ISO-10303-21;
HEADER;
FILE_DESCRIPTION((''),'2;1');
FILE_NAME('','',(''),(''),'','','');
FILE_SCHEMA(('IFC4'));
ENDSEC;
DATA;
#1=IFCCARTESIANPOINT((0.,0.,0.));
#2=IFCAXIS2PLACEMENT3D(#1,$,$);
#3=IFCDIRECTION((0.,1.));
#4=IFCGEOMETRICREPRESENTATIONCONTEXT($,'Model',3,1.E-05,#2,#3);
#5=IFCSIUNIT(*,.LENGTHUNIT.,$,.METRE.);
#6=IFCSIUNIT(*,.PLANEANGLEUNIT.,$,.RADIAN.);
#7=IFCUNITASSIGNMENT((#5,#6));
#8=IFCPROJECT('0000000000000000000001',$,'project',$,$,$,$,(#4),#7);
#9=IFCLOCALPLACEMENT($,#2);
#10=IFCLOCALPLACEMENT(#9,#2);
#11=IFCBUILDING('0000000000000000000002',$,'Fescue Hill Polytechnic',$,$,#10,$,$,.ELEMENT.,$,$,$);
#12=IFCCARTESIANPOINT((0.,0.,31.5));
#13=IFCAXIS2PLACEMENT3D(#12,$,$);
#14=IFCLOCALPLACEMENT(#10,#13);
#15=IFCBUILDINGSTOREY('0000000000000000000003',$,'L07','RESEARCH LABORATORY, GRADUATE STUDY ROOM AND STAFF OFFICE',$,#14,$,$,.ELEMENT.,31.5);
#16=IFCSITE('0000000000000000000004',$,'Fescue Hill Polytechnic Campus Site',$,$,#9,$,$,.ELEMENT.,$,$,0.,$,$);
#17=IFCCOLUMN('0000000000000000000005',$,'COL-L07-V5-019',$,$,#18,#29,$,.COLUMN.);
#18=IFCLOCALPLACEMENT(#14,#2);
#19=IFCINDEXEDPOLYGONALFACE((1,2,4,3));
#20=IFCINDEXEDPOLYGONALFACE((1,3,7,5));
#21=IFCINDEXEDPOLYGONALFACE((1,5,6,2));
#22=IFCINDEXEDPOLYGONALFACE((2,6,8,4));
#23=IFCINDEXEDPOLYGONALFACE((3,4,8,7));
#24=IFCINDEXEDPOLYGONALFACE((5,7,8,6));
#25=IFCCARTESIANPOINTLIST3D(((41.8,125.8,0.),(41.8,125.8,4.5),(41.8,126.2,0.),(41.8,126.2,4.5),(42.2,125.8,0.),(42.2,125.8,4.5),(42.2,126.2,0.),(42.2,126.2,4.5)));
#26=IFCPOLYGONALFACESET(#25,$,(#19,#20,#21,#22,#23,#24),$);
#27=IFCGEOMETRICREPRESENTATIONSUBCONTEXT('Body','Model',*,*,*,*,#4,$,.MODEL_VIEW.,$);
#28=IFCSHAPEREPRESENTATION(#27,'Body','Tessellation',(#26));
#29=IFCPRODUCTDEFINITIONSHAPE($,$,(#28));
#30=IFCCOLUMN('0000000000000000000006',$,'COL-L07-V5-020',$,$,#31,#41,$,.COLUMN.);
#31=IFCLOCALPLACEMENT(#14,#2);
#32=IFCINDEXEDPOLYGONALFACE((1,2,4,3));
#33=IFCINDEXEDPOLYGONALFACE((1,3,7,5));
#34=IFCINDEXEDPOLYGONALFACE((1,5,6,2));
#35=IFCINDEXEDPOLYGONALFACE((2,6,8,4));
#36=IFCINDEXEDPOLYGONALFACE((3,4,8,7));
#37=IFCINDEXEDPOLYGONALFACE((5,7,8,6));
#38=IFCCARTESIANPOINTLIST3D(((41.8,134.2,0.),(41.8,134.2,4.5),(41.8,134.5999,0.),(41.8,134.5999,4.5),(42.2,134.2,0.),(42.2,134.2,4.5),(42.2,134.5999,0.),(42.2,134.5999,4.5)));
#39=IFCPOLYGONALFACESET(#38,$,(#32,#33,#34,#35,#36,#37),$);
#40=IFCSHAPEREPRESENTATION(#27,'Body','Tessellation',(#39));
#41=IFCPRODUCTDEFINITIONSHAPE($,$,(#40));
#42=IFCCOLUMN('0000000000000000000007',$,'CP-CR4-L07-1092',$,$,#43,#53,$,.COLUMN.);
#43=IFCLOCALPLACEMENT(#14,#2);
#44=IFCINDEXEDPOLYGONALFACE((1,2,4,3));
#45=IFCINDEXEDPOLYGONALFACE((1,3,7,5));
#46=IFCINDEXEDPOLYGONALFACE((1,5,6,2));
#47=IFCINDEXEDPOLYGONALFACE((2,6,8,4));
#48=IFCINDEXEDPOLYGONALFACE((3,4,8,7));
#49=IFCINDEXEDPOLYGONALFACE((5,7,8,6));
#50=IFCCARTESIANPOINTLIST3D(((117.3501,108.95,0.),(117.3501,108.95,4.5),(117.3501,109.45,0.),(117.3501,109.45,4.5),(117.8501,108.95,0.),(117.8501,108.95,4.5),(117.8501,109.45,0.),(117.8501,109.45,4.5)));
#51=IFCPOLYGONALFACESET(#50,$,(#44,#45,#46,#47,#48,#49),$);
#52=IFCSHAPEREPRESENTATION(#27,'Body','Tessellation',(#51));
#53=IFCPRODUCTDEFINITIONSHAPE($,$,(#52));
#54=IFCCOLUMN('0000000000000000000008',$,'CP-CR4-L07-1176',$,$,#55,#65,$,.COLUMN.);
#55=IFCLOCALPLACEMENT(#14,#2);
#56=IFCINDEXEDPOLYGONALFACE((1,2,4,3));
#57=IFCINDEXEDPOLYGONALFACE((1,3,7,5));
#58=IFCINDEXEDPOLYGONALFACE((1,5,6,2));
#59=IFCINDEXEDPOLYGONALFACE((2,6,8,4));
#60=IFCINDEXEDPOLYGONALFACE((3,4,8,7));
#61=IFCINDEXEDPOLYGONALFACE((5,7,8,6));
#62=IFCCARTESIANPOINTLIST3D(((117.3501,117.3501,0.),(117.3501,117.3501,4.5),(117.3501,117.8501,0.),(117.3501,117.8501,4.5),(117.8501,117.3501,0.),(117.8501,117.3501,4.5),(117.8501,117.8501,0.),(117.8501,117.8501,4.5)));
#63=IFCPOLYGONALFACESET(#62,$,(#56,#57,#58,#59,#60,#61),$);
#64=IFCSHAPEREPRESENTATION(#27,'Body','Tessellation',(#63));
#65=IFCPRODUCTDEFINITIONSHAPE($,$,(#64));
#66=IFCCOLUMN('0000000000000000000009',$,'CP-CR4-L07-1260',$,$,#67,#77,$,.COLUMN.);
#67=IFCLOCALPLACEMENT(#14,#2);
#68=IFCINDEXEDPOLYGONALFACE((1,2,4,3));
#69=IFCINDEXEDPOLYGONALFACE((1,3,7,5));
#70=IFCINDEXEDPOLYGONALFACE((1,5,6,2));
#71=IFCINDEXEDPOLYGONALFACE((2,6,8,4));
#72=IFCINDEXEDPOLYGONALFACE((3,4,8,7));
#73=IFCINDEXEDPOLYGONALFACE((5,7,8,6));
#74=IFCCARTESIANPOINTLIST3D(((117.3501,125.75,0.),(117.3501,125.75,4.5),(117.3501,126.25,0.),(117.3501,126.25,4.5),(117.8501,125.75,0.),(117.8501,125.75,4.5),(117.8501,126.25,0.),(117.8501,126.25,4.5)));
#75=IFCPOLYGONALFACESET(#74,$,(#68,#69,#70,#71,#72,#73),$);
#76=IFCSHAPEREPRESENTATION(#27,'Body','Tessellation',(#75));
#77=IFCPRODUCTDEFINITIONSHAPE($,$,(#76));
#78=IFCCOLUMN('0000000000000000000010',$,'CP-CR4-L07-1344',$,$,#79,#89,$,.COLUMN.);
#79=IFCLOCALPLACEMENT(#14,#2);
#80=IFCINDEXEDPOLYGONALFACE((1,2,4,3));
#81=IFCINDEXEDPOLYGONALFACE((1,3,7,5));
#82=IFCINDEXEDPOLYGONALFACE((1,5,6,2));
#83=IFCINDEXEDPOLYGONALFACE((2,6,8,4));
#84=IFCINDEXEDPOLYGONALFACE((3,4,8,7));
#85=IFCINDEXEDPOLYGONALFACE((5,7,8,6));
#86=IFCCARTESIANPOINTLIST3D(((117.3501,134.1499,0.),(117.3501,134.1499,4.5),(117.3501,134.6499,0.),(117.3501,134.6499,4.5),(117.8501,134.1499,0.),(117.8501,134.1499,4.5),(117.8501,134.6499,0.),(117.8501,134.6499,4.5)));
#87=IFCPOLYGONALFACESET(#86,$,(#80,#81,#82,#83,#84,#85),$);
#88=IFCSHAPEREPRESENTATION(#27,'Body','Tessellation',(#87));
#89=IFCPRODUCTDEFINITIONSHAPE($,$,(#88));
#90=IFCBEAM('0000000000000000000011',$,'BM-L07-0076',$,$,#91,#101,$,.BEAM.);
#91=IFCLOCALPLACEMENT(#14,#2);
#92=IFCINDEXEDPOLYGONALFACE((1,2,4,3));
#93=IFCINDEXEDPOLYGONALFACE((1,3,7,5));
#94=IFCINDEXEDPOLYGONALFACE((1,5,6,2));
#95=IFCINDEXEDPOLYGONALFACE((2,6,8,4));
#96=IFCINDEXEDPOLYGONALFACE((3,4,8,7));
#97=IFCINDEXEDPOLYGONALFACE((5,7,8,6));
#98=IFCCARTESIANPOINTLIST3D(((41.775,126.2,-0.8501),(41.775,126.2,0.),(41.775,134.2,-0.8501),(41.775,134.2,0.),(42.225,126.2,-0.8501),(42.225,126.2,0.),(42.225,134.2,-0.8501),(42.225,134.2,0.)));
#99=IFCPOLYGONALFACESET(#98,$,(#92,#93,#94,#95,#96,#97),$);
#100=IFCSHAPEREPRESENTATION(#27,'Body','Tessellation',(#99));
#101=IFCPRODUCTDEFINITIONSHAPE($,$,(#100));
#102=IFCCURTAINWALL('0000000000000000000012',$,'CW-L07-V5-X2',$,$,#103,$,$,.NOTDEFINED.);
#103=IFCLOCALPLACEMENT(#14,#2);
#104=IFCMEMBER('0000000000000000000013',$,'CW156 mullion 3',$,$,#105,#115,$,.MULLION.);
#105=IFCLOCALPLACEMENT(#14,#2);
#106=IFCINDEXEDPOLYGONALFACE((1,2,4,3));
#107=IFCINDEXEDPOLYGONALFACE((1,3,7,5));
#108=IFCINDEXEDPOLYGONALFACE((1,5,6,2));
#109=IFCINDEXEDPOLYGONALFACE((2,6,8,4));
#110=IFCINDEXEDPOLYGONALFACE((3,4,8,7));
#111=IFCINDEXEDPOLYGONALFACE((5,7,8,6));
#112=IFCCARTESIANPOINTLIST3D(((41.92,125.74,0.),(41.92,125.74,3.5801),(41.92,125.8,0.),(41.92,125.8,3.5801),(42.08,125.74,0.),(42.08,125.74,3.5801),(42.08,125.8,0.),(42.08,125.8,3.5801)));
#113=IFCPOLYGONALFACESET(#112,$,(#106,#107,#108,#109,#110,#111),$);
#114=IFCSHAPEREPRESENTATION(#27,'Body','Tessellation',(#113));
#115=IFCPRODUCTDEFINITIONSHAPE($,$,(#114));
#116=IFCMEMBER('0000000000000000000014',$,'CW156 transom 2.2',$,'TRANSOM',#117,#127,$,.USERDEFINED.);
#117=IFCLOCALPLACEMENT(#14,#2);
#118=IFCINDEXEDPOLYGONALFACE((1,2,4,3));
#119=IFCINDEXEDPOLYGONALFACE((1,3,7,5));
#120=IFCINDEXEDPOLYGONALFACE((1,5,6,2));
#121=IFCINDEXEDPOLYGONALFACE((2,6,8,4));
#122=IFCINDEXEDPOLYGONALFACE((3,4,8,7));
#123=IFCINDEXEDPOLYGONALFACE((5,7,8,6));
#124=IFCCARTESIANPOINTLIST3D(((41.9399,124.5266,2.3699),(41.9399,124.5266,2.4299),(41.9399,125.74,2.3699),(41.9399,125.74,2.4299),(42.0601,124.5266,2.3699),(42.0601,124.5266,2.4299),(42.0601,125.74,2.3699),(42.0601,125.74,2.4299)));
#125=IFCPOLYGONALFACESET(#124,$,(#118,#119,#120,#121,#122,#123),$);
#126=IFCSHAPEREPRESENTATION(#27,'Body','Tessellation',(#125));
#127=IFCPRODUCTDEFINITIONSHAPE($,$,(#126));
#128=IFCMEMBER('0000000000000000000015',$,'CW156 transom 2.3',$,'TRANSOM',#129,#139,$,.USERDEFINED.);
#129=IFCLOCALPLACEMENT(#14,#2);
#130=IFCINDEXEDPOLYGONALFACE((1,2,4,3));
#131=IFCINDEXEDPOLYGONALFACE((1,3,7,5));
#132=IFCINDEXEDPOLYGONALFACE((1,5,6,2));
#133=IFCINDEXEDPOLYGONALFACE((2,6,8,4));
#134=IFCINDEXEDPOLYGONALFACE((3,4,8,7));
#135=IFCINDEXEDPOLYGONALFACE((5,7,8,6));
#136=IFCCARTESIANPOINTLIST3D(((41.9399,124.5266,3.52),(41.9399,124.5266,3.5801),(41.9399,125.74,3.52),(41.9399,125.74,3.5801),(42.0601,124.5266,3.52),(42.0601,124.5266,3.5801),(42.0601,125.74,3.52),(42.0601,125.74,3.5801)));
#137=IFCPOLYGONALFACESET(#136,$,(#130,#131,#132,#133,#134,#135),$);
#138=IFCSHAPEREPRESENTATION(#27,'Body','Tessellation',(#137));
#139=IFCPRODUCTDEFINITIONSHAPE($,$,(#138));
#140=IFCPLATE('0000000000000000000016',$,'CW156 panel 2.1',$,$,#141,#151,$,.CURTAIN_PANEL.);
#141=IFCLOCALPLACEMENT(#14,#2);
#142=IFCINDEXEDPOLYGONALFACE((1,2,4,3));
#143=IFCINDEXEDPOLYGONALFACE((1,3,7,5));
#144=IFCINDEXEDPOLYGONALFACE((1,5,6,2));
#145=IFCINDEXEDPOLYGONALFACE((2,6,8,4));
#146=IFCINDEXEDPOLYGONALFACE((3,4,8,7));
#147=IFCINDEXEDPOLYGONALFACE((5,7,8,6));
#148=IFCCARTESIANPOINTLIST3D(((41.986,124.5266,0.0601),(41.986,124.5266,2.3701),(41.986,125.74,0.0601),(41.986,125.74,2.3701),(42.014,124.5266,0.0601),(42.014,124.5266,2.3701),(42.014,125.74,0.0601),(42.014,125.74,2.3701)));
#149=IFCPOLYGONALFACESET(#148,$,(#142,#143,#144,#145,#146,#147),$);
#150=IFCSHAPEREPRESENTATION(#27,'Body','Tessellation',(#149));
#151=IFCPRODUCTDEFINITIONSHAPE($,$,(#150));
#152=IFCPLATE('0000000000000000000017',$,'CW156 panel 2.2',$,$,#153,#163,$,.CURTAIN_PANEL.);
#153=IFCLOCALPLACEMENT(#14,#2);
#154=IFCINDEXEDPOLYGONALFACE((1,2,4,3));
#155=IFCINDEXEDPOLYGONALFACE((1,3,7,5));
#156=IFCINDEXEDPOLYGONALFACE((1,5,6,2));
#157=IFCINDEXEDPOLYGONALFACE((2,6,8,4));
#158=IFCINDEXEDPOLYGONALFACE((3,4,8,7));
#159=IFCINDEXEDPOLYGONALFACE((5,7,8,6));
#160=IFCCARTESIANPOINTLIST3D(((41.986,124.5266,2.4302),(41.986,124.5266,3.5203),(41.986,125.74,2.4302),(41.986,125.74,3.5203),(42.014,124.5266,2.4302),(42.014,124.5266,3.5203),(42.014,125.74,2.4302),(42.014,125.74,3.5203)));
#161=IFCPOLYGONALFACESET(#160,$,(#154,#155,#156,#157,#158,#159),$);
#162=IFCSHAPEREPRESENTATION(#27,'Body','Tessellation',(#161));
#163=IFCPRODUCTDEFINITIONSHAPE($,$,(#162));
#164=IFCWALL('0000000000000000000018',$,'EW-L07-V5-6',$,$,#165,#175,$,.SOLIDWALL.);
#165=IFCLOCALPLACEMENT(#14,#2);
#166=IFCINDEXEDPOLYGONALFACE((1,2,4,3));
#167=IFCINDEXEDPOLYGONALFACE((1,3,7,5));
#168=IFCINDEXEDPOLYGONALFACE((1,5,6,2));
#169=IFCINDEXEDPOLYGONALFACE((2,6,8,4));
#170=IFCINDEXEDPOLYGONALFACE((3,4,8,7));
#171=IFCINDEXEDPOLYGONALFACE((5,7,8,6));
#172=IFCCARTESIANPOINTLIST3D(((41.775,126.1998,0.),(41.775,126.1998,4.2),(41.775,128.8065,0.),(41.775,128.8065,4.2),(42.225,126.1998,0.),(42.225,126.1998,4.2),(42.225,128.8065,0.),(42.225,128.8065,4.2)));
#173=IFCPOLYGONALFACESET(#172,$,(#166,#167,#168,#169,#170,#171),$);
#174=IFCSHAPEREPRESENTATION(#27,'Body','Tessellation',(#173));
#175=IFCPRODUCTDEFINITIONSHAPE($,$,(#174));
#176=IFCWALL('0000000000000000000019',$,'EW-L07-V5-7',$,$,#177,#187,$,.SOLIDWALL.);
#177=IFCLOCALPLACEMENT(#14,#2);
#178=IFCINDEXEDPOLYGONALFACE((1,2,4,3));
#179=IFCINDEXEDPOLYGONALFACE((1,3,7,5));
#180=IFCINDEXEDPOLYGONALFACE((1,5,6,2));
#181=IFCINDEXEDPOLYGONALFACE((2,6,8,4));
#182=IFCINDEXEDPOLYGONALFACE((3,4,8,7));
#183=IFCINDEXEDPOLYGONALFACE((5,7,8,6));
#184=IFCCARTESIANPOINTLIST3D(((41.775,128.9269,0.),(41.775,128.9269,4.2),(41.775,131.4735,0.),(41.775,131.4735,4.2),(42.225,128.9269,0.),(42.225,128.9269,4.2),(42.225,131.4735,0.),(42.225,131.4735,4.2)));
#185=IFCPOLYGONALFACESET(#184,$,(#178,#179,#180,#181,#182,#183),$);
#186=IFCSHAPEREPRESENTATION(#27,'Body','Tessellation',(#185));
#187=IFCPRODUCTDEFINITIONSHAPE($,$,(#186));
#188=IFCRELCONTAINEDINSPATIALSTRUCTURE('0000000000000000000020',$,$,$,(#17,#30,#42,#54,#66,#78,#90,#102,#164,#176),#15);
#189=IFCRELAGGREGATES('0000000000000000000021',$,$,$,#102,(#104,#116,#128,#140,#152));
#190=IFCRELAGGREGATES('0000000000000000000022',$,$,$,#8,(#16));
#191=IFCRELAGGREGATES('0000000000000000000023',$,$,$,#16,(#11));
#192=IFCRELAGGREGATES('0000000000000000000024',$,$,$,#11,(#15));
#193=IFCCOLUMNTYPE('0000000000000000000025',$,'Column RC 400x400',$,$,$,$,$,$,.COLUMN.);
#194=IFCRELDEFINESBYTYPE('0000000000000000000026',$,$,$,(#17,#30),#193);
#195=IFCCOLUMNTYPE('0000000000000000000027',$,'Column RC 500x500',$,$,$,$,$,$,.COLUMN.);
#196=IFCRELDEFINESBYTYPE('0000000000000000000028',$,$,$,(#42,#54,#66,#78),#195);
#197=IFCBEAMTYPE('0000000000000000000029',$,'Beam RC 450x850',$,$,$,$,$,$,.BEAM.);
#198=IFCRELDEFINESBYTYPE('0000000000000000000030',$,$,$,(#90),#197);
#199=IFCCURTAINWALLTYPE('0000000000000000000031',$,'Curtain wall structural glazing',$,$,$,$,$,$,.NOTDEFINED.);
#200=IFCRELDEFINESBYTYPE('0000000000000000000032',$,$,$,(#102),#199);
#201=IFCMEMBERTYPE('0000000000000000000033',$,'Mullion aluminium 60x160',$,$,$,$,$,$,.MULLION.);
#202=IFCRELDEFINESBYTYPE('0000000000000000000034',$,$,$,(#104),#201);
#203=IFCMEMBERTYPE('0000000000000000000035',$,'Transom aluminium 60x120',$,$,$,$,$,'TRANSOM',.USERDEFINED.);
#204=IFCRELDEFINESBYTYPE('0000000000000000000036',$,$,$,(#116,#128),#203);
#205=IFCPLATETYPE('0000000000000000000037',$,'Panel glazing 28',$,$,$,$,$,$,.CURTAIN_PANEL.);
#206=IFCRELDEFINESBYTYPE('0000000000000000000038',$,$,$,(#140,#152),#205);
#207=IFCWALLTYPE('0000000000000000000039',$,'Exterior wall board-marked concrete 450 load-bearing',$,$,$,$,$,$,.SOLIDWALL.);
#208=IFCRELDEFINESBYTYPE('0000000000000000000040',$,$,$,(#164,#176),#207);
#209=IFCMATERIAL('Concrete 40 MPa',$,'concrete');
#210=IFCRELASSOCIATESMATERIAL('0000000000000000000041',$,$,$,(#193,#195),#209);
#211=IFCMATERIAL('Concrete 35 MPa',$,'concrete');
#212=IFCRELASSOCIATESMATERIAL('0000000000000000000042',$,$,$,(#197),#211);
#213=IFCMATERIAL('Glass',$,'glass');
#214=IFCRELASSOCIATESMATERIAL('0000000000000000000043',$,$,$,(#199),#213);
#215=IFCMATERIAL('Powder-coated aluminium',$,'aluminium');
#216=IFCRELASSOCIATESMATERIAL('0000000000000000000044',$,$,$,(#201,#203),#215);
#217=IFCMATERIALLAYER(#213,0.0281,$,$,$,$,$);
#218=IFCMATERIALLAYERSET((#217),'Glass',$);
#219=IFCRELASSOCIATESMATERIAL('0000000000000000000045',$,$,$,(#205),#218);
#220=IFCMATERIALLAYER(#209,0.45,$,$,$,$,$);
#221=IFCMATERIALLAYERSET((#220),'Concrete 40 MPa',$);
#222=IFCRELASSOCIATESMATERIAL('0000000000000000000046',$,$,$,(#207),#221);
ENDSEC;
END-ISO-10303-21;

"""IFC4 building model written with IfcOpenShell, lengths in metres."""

from ifc_helpers import new_model, si_unit, direction, frame, frame_2d, origin, origin_2d, place, context, subcontext, project, spatial, rectangle, extrude, material, layer, layer_set, material_profile, profile_set, type_object, element, aggregate, save


model = new_model("IFC4")

# Units and contexts
model_context = context("Model", 3, precision=1e-05, world=origin(), true_north=direction((0.0, 1.0)))
body_context = subcontext(model_context, "Body", "Model", "MODEL_VIEW")
ifc_project = project(units=[si_unit("LENGTHUNIT", "METRE"), si_unit("PLANEANGLEUNIT", "RADIAN")], contexts=[model_context])

# Site, building, storey
site_placement = place(None, origin())
site = spatial("IfcSite", under=ifc_project, at=site_placement, Name="Fescue Hill Polytechnic Campus Site", CompositionType="ELEMENT", RefElevation=0.0)
building_placement = place(site_placement, origin())
building = spatial("IfcBuilding", under=site, at=building_placement, Name="Fescue Hill Polytechnic", CompositionType="ELEMENT")
storey_placement = place(building_placement, frame((0.0, 0.0, 31.5)))
storey = spatial("IfcBuildingStorey", under=building, at=storey_placement, Name="L07", Description="RESEARCH LABORATORY, GRADUATE STUDY ROOM AND STAFF OFFICE", CompositionType="ELEMENT", Elevation=31.5)

# Columns
ifc_material_1 = material(Name="Concrete 40 MPa", Category="concrete")
ifc_material_profile_1 = material_profile(ifc_material_1, rectangle(XDim=0.3999, YDim=0.3999, at=origin_2d()), Name="RC 400x400")
ifc_profile_set_1 = profile_set([ifc_material_profile_1], Name="Concrete 40 MPa")
column_type_1 = type_object("IfcColumnType", Name="Column RC 400x400", PredefinedType="COLUMN", material=ifc_profile_set_1)
for number, where, z_axis, x_axis, name in (
    (1, (42.0, 126.0, 0.0), (0.0, 0.0, 1.0), (1.0, 0.0, 0.0), "COL-L07-V5-019"),
    (2, (42.0, 134.3999, 0.0), (0.0, 0.0, 1.0), (1.0, 0.0, 0.0), "COL-L07-V5-020"),
):
    element("IfcColumn", number, at=place(storey_placement, frame(where, z_axis=z_axis, x_axis=x_axis)), inside=storey, type_object=column_type_1, Name=name, PredefinedType="COLUMN", context=body_context, shape_type="SweptSolid", body=[
        extrude(rectangle(XDim=0.3999, YDim=0.3999, at=origin_2d()), origin(), (0.0, 0.0, 1.0), 4.5),
    ])
ifc_material_profile_2 = material_profile(ifc_material_1, rectangle(XDim=0.5, YDim=0.5, at=origin_2d()), Name="RC 500x500")
ifc_profile_set_2 = profile_set([ifc_material_profile_2], Name="Concrete 40 MPa")
column_type_2 = type_object("IfcColumnType", Name="Column RC 500x500", PredefinedType="COLUMN", material=ifc_profile_set_2)
for number, where, z_axis, x_axis, name in (
    (3, (117.6001, 109.2, 0.0), (0.0, 0.0, 1.0), (1.0, 0.0, 0.0), "CP-CR4-L07-1092"),
    (4, (117.6001, 117.6001, 0.0), (0.0, 0.0, 1.0), (1.0, 0.0, 0.0), "CP-CR4-L07-1176"),
    (5, (117.6001, 126.0, 0.0), (0.0, 0.0, 1.0), (1.0, 0.0, 0.0), "CP-CR4-L07-1260"),
    (6, (117.6001, 134.3999, 0.0), (0.0, 0.0, 1.0), (1.0, 0.0, 0.0), "CP-CR4-L07-1344"),
):
    element("IfcColumn", number, at=place(storey_placement, frame(where, z_axis=z_axis, x_axis=x_axis)), inside=storey, type_object=column_type_2, Name=name, PredefinedType="COLUMN", context=body_context, shape_type="SweptSolid", body=[
        extrude(rectangle(XDim=0.5, YDim=0.5, at=origin_2d()), origin(), (0.0, 0.0, 1.0), 4.5),
    ])

# Beam
ifc_material_2 = material(Name="Concrete 35 MPa", Category="concrete")
ifc_material_profile_3 = material_profile(ifc_material_2, rectangle(XDim=0.45, YDim=0.8501, at=origin_2d()), Name="RC 450x850")
ifc_profile_set_3 = profile_set([ifc_material_profile_3], Name="Concrete 35 MPa")
beam_type = type_object("IfcBeamType", Name="Beam RC 450x850", PredefinedType="BEAM", material=ifc_profile_set_3)
beam_placement = place(storey_placement, frame((42.0, 126.2, -0.425), z_axis=(0.0, 1.0, 0.0), x_axis=(-1.0, 0.0, 0.0)))
element("IfcBeam", 7, at=beam_placement, inside=storey, type_object=beam_type, Name="BM-L07-0076", PredefinedType="BEAM", context=body_context, shape_type="SweptSolid", body=[
    extrude(rectangle(XDim=0.45, YDim=0.8501, at=origin_2d()), origin(), (0.0, 0.0, 1.0), 8.0),
])

# Curtain wall, members, plates
ifc_material_3 = material(Name="Glass", Category="glass")
curtain_wall_type = type_object("IfcCurtainWallType", Name="Curtain wall structural glazing", PredefinedType="NOTDEFINED", material=ifc_material_3)
curtain_wall_placement = place(storey_placement, origin())
curtain_wall = element("IfcCurtainWall", 8, at=curtain_wall_placement, inside=storey, type_object=curtain_wall_type, Name="CW-L07-V5-X2", PredefinedType="NOTDEFINED")
ifc_material_4 = material(Name="Powder-coated aluminium", Category="aluminium")
ifc_material_profile_4 = material_profile(ifc_material_4, rectangle(XDim=0.1599, YDim=0.0601, at=origin_2d()), Name="Mullion aluminium 60x160")
ifc_profile_set_4 = profile_set([ifc_material_profile_4], Name="Powder-coated aluminium")
member_type_1 = type_object("IfcMemberType", Name="Mullion aluminium 60x160", PredefinedType="MULLION", material=ifc_profile_set_4)
member_1_placement = place(storey_placement, frame((42.0, 125.77, 0.0), z_axis=(0.0, 0.0, 1.0), x_axis=(-1.0, 0.0, 0.0)))
member_1 = element("IfcMember", 9, at=member_1_placement, type_object=member_type_1, Name="CW156 mullion 3", PredefinedType="MULLION", context=body_context, shape_type="SweptSolid", body=[
    extrude(rectangle(XDim=0.1599, YDim=0.0601, at=origin_2d()), origin(), (0.0, 0.0, 1.0), 3.5801),
])
ifc_material_profile_5 = material_profile(ifc_material_4, rectangle(XDim=0.1201, YDim=0.0601, at=origin_2d()), Name="Transom aluminium 60x120")
ifc_profile_set_5 = profile_set([ifc_material_profile_5], Name="Powder-coated aluminium")
member_type_2 = type_object("IfcMemberType", Name="Transom aluminium 60x120", ElementType="TRANSOM", PredefinedType="USERDEFINED", material=ifc_profile_set_5)
member_2_placement = place(storey_placement, frame((42.0, 124.5266, 2.3999), z_axis=(0.0, 1.0, 0.0), x_axis=(-1.0, 0.0, 0.0)))
member_2 = element("IfcMember", 10, at=member_2_placement, type_object=member_type_2, Name="CW156 transom 2.2", ObjectType="TRANSOM", PredefinedType="USERDEFINED", context=body_context, shape_type="SweptSolid", body=[
    extrude(rectangle(XDim=0.1201, YDim=0.0601, at=origin_2d()), origin(), (0.0, 0.0, 1.0), 1.2134),
])
member_3_placement = place(storey_placement, frame((42.0, 124.5266, 3.55), z_axis=(0.0, 1.0, 0.0), x_axis=(-1.0, 0.0, 0.0)))
member_3 = element("IfcMember", 11, at=member_3_placement, type_object=member_type_2, Name="CW156 transom 2.3", ObjectType="TRANSOM", PredefinedType="USERDEFINED", context=body_context, shape_type="SweptSolid", body=[
    extrude(rectangle(XDim=0.1201, YDim=0.0601, at=origin_2d()), origin(), (0.0, 0.0, 1.0), 1.2134),
])
ifc_layer_1 = layer(ifc_material_3, 0.0281)
ifc_layer_set_1 = layer_set([ifc_layer_1], Name="Glass")
plate_type = type_object("IfcPlateType", Name="Panel glazing 28", PredefinedType="CURTAIN_PANEL", material=ifc_layer_set_1)
plate_1_placement = place(storey_placement, frame((42.0, 125.1333, 0.0601), z_axis=(0.0, 0.0, 1.0), x_axis=(0.0, 1.0, 0.0)))
plate_1 = element("IfcPlate", 12, at=plate_1_placement, type_object=plate_type, Name="CW156 panel 2.1", PredefinedType="CURTAIN_PANEL", context=body_context, shape_type="SweptSolid", body=[
    extrude(rectangle(XDim=1.2134, YDim=0.0281, at=origin_2d()), origin(), (0.0, 0.0, 1.0), 2.3101),
])
plate_2_placement = place(storey_placement, frame((42.0, 125.1333, 2.4302), z_axis=(0.0, 0.0, 1.0), x_axis=(0.0, 1.0, 0.0)))
plate_2 = element("IfcPlate", 13, at=plate_2_placement, type_object=plate_type, Name="CW156 panel 2.2", PredefinedType="CURTAIN_PANEL", context=body_context, shape_type="SweptSolid", body=[
    extrude(rectangle(XDim=1.2134, YDim=0.0281, at=origin_2d()), origin(), (0.0, 0.0, 1.0), 1.0901),
])
aggregate(curtain_wall, [member_1, member_2, member_3, plate_1, plate_2])

# Walls
ifc_layer_2 = layer(ifc_material_1, 0.45)
ifc_layer_set_2 = layer_set([ifc_layer_2], Name="Concrete 40 MPa")
wall_type_1 = type_object("IfcWallType", Name="Exterior wall board-marked concrete 450 load-bearing", PredefinedType="SOLIDWALL", material=ifc_layer_set_2)
wall_1_placement = place(storey_placement, frame((42.0, 126.2, 0.0), z_axis=(0.0, 0.0, 1.0), x_axis=(0.0, 1.0, 0.0)))
element("IfcWall", 14, at=wall_1_placement, inside=storey, type_object=wall_type_1, Name="EW-L07-V5-6", PredefinedType="SOLIDWALL", context=body_context, shape_type="SweptSolid", body=[
    extrude(rectangle(XDim=2.6067, YDim=0.45, at=frame_2d((1.3032, 0.0))), origin(), (0.0, 0.0, 1.0), 4.2),
])
wall_2_placement = place(storey_placement, frame((42.0, 128.9268, 0.0), z_axis=(0.0, 0.0, 1.0), x_axis=(0.0, 1.0, 0.0)))
element("IfcWall", 15, at=wall_2_placement, inside=storey, type_object=wall_type_1, Name="EW-L07-V5-7", PredefinedType="SOLIDWALL", context=body_context, shape_type="SweptSolid", body=[
    extrude(rectangle(XDim=2.5466, YDim=0.45, at=frame_2d((1.2734, 0.0))), origin(), (0.0, 0.0, 1.0), 4.2),
])

save(model, "model.ifc")
